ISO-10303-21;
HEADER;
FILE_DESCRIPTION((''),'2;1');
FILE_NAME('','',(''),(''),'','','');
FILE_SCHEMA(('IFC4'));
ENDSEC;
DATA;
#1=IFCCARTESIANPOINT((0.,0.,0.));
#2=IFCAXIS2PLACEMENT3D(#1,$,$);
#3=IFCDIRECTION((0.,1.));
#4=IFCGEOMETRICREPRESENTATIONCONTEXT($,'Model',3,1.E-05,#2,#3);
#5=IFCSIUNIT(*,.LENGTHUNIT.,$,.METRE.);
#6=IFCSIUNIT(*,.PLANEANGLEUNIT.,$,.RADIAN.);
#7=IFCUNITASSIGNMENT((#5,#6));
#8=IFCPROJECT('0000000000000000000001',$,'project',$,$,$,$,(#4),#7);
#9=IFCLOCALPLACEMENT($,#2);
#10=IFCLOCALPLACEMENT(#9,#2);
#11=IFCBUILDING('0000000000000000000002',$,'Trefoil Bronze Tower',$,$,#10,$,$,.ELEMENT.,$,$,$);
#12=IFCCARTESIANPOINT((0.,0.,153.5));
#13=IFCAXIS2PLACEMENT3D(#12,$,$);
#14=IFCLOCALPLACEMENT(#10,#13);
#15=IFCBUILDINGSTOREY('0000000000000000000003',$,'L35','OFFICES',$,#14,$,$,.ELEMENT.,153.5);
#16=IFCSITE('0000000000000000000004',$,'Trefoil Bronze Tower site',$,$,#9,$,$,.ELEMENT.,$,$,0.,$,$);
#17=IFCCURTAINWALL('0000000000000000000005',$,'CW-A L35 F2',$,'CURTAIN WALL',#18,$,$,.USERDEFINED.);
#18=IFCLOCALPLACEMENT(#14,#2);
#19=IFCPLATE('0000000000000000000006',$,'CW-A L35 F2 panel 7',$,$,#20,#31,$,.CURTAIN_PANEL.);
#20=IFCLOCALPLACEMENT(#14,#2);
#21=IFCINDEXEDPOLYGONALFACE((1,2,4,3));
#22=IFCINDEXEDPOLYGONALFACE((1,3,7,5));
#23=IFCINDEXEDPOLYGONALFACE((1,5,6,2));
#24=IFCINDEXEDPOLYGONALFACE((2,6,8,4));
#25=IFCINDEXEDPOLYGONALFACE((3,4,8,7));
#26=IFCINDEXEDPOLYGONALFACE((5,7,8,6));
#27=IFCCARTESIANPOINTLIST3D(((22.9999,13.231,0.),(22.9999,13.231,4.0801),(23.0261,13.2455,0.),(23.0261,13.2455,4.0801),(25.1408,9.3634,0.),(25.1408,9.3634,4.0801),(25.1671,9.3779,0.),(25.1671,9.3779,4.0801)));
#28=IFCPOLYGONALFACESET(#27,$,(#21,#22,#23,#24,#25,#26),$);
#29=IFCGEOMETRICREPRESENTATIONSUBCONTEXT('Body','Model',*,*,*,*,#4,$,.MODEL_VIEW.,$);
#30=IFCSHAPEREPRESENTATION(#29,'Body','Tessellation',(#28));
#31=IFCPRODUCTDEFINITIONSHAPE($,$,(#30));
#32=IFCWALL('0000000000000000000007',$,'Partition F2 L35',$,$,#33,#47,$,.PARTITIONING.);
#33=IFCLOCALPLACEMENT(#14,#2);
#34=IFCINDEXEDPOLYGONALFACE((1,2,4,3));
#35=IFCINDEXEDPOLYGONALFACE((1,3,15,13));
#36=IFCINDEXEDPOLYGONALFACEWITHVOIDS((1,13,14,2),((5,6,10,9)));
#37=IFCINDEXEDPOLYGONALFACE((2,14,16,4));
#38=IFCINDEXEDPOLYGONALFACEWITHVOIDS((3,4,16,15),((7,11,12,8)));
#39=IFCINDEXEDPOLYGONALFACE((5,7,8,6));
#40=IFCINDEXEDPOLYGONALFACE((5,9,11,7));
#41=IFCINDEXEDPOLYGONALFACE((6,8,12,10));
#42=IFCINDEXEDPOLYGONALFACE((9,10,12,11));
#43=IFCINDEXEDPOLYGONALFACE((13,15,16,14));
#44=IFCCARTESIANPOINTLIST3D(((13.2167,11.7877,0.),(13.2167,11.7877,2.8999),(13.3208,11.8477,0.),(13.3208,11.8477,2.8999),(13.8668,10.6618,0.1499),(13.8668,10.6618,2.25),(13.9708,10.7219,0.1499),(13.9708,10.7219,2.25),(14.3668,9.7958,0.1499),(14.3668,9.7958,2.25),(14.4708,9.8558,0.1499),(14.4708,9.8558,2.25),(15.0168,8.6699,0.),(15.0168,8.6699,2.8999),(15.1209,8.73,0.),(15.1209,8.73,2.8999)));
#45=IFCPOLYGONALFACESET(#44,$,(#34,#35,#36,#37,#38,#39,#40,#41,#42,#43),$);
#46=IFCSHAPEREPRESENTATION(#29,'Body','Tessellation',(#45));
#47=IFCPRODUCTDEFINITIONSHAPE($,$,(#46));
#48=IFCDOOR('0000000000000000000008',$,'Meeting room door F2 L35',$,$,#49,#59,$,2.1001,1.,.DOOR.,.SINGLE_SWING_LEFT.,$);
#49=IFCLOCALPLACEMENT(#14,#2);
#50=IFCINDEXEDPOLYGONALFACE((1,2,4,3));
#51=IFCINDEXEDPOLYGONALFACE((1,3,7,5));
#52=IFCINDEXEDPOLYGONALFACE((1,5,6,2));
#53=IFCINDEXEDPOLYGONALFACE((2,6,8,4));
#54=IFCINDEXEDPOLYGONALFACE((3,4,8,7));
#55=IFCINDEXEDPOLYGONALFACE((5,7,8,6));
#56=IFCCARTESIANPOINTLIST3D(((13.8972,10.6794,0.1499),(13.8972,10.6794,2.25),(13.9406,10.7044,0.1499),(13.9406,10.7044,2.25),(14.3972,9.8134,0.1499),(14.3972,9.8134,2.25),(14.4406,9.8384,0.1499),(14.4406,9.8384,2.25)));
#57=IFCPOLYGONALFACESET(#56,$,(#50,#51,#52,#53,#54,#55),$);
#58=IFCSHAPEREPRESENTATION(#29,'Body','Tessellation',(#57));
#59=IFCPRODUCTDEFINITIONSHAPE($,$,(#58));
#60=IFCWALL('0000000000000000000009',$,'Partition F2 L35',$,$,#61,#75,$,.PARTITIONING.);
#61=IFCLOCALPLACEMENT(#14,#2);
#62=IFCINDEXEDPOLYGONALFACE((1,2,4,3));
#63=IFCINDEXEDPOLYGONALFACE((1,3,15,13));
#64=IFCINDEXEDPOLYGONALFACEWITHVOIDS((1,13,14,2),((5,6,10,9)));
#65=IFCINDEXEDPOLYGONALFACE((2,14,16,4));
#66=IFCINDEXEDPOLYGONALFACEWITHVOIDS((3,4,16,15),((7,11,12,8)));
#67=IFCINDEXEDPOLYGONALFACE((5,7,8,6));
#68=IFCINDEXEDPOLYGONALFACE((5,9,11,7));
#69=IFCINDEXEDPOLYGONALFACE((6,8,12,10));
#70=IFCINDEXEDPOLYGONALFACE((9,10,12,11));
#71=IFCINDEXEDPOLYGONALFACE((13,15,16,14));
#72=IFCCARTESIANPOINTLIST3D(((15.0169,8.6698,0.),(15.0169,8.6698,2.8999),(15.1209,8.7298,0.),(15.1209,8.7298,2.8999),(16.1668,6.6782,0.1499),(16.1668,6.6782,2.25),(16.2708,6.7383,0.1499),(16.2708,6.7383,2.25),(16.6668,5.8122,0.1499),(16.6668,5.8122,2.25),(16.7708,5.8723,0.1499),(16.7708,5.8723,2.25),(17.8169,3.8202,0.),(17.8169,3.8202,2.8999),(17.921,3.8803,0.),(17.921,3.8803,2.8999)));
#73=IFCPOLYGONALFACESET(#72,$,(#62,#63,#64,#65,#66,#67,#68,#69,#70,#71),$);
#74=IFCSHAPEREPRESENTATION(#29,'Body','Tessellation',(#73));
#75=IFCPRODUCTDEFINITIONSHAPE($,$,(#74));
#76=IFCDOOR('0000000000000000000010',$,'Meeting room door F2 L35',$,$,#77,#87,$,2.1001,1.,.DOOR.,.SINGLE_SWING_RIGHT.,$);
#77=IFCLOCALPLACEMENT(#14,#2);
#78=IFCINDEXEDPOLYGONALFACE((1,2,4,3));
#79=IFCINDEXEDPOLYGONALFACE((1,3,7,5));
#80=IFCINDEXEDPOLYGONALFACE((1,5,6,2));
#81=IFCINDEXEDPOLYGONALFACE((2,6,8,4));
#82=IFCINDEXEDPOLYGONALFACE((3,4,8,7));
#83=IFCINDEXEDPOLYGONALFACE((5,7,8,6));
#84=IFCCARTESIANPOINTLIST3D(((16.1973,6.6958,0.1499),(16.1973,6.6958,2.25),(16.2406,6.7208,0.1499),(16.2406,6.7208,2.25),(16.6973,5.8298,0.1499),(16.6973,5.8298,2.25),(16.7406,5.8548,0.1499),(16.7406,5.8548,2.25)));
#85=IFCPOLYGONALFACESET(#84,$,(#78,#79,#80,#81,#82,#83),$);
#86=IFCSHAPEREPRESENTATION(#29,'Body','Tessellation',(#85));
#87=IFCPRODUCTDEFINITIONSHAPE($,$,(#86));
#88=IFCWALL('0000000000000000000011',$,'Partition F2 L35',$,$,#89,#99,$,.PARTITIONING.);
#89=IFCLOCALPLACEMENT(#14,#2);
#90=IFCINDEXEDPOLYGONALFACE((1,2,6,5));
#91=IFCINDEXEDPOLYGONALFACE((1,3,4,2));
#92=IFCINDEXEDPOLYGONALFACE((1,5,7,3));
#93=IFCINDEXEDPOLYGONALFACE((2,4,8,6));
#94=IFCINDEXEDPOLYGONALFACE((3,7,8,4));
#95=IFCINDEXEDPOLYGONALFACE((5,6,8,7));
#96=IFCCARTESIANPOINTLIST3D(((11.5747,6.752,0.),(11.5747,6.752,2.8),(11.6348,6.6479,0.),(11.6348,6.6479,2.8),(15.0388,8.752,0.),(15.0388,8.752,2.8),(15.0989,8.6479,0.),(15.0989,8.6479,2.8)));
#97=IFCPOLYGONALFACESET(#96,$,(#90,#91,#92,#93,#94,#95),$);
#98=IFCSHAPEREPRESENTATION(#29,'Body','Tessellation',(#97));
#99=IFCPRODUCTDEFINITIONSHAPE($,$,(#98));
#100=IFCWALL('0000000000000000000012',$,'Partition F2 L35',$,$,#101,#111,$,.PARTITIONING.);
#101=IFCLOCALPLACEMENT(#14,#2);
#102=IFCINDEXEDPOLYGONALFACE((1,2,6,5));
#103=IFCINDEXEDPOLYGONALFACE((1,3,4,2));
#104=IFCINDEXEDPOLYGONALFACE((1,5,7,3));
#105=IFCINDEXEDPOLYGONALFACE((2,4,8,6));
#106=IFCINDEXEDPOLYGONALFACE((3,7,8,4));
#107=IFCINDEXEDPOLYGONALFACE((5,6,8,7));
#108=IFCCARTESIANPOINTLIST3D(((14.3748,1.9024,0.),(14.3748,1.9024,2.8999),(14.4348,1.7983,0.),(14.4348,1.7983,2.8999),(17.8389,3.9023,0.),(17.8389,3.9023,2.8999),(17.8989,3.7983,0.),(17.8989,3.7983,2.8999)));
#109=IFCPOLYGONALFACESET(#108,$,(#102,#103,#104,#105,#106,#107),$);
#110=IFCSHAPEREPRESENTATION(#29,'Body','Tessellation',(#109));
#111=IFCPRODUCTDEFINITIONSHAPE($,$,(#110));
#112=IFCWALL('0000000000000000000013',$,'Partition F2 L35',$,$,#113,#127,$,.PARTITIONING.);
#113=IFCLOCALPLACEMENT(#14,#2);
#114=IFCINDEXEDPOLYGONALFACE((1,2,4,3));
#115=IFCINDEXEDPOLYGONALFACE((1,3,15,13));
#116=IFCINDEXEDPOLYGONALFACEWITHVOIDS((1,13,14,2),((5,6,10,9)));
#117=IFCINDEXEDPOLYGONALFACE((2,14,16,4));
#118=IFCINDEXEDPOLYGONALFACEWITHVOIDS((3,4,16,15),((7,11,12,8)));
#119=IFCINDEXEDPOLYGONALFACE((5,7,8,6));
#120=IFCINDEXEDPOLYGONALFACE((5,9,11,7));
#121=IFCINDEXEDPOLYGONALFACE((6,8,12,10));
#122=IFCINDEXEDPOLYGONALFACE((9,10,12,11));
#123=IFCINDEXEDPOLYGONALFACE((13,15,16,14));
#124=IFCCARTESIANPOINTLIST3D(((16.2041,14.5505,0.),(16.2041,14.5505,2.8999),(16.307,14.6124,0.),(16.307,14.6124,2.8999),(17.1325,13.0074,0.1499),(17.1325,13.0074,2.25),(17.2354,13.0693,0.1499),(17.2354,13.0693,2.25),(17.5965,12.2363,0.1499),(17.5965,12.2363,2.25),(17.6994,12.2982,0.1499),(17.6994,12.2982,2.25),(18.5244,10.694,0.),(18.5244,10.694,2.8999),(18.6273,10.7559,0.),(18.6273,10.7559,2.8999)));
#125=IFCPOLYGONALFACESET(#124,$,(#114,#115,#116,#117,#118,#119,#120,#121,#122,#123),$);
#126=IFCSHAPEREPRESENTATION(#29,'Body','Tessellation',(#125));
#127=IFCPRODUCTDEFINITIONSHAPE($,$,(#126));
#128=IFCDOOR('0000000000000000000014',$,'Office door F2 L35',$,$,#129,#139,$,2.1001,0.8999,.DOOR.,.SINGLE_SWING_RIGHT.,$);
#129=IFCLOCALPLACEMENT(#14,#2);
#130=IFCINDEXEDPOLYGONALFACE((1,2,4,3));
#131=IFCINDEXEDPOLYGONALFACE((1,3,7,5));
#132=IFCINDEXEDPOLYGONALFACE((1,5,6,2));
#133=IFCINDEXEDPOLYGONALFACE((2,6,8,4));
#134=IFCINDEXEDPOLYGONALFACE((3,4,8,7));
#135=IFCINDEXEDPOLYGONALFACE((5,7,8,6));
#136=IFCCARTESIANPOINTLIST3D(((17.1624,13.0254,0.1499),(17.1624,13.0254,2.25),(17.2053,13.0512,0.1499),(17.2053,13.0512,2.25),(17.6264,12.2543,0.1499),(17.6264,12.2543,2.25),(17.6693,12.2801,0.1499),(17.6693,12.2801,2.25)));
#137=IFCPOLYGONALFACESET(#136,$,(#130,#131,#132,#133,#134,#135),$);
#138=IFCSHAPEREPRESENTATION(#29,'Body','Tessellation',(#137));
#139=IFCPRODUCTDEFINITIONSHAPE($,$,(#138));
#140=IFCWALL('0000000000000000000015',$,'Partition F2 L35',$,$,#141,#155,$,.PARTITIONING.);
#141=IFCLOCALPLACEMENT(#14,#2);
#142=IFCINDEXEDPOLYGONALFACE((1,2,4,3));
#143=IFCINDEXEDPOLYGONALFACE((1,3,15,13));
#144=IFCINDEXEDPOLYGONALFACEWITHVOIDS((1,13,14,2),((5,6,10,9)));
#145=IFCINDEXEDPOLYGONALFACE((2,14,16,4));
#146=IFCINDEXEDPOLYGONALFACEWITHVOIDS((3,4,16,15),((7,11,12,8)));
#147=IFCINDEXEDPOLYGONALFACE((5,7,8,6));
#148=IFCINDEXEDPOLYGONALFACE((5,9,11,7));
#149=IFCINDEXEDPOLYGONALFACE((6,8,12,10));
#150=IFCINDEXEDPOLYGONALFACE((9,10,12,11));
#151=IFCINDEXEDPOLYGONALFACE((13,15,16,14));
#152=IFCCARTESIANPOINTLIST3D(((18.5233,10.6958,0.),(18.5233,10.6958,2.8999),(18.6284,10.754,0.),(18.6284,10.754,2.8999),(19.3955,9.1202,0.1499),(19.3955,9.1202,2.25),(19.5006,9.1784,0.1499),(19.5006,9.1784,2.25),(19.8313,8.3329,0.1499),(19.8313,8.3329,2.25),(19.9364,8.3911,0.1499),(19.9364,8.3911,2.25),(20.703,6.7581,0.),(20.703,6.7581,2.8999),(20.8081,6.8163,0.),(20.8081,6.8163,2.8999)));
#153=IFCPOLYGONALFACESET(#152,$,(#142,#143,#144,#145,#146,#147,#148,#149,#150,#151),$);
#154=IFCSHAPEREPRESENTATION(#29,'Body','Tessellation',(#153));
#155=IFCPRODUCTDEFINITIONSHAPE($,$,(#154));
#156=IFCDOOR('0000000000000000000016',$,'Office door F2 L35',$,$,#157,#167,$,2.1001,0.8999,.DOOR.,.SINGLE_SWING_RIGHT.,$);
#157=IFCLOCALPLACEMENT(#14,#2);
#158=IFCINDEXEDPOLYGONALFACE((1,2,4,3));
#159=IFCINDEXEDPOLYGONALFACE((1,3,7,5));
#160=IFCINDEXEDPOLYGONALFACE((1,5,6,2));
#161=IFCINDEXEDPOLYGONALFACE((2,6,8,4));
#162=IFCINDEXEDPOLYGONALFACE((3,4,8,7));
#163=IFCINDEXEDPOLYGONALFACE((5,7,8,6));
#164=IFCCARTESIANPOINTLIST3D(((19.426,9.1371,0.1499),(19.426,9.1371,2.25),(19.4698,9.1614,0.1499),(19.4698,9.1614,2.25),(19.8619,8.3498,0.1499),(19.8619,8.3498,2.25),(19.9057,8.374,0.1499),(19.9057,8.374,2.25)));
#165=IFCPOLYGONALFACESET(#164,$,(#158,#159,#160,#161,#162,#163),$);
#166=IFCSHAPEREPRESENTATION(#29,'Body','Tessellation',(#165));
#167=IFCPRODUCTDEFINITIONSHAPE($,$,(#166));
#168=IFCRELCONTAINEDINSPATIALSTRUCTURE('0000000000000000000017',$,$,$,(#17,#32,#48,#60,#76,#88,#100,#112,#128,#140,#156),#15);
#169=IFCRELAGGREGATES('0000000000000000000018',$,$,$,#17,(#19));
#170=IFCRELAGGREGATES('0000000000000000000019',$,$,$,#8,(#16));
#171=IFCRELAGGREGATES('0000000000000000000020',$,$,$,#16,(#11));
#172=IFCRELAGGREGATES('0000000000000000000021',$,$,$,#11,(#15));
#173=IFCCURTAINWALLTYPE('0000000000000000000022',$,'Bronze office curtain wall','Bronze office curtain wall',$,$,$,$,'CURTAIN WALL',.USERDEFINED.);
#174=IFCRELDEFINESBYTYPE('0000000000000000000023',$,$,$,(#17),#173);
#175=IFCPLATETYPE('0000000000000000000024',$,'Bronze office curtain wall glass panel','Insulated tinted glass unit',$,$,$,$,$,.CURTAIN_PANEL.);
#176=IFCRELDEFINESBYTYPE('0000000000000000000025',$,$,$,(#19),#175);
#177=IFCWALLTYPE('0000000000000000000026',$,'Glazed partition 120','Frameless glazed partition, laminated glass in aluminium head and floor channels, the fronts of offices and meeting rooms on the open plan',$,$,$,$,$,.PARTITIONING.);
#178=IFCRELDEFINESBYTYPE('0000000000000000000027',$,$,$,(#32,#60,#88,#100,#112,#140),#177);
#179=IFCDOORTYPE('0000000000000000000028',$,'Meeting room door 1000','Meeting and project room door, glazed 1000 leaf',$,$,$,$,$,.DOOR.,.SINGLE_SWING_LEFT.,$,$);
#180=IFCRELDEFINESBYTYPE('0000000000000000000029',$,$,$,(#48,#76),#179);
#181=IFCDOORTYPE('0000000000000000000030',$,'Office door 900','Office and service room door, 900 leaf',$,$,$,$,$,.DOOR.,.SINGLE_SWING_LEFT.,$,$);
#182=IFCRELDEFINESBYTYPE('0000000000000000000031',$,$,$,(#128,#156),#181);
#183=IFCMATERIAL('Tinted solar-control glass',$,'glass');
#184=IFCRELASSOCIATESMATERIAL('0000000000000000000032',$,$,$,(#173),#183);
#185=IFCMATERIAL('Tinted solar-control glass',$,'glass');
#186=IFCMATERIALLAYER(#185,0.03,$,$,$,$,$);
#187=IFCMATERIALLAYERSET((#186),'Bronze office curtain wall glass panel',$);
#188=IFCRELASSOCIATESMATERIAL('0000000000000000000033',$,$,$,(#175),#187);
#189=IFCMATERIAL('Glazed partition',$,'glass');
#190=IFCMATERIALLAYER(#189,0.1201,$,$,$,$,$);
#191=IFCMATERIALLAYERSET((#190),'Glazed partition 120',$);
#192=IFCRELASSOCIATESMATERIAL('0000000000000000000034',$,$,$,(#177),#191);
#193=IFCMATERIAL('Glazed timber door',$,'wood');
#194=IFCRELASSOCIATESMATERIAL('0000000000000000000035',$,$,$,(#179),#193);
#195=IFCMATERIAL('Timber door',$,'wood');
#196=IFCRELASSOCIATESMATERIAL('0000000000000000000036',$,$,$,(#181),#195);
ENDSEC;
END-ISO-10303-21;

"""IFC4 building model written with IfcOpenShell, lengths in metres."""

from ifc_helpers import new_model, si_unit, direction, frame, frame_2d, origin, origin_2d, place, context, subcontext, project, spatial, rectangle, extrude, material, layer, layer_set, type_object, element, fill, aggregate, save


model = new_model("IFC4")

# Units and contexts
model_context = context("Model", 3, precision=1e-05, world=origin(), true_north=direction((0.0, 1.0)))
body_context = subcontext(model_context, "Body", "Model", "MODEL_VIEW")
ifc_project = project(units=[si_unit("LENGTHUNIT", "METRE"), si_unit("PLANEANGLEUNIT", "RADIAN")], contexts=[model_context])

# Site, building, storey
site_placement = place(None, origin())
site = spatial("IfcSite", under=ifc_project, at=site_placement, Name="Trefoil Bronze Tower site", CompositionType="ELEMENT", RefElevation=0.0)
building_placement = place(site_placement, origin())
building = spatial("IfcBuilding", under=site, at=building_placement, Name="Trefoil Bronze Tower", CompositionType="ELEMENT")
storey_placement = place(building_placement, frame((0.0, 0.0, 153.5)))
storey = spatial("IfcBuildingStorey", under=building, at=storey_placement, Name="L35", Description="OFFICES", CompositionType="ELEMENT", Elevation=153.5)

# Curtain wall, plate
ifc_material_1 = material(Name="Tinted solar-control glass", Category="glass")
curtain_wall_type = type_object("IfcCurtainWallType", Name="Bronze office curtain wall", Description="Bronze office curtain wall", ElementType="CURTAIN WALL", PredefinedType="USERDEFINED", material=ifc_material_1)
curtain_wall_placement = place(storey_placement, origin())
curtain_wall = element("IfcCurtainWall", 1, at=curtain_wall_placement, inside=storey, type_object=curtain_wall_type, Name="CW-A L35 F2", ObjectType="CURTAIN WALL", PredefinedType="USERDEFINED")
ifc_material_2 = material(Name="Tinted solar-control glass", Category="glass")
ifc_layer_1 = layer(ifc_material_2, 0.03)
ifc_layer_set_1 = layer_set([ifc_layer_1], Name="Bronze office curtain wall glass panel")
plate_type = type_object("IfcPlateType", Name="Bronze office curtain wall glass panel", Description="Insulated tinted glass unit", PredefinedType="CURTAIN_PANEL", material=ifc_layer_set_1)
plate_placement = place(storey_placement, frame((24.0835, 11.3044, 0.0), z_axis=(0.0, 0.0, 1.0), x_axis=(-0.484312, 0.874895, 0.0)))
plate = element("IfcPlate", 2, at=plate_placement, type_object=plate_type, Name="CW-A L35 F2 panel 7", PredefinedType="CURTAIN_PANEL", context=body_context, shape_type="SweptSolid", body=[
    extrude(rectangle(XDim=4.4207, YDim=0.03, at=origin_2d()), origin(), (0.0, 0.0, 1.0), 4.0801),
])
aggregate(curtain_wall, [plate])

# Walls, openings, doors
ifc_material_3 = material(Name="Glazed partition", Category="glass")
ifc_layer_2 = layer(ifc_material_3, 0.1201)
ifc_layer_set_2 = layer_set([ifc_layer_2], Name="Glazed partition 120")
wall_type_1 = type_object("IfcWallType", Name="Glazed partition 120", Description="Frameless glazed partition, laminated glass in aluminium head and floor channels, the fronts of offices and meeting rooms on the open plan", PredefinedType="PARTITIONING", material=ifc_layer_set_2)
wall_1_placement = place(storey_placement, frame((15.0688, 8.7, 0.0), z_axis=(0.0, 0.0, 1.0), x_axis=(-0.500012, 0.866018, 0.0)))
wall_1 = element("IfcWall", 3, at=wall_1_placement, inside=storey, type_object=wall_type_1, Name="Partition F2 L35", PredefinedType="PARTITIONING", context=body_context, shape_type="SweptSolid", body=[
    extrude(rectangle(XDim=3.6001, YDim=0.1201, at=frame_2d((1.8, 0.0))), origin(), (0.0, 0.0, 1.0), 2.8999),
])
opening_1_placement = place(wall_1_placement, frame((1.3, 0.0, 0.1499)))
opening_1 = element("IfcOpeningElement", 4, at=opening_1_placement, cuts=wall_1, PredefinedType="OPENING", context=body_context, shape_type="SweptSolid", body=[
    extrude(rectangle(XDim=1.0, YDim=2.1001, at=frame_2d((0.5, 1.05))), frame((0.0, 0.0701, 0.0), z_axis=(0.0, -1.0, 0.0), x_axis=(1.0, 0.0, 0.0)), (0.0, 0.0, 1.0), 0.1401),
])
ifc_material_4 = material(Name="Glazed timber door", Category="wood")
door_type_1 = type_object("IfcDoorType", Name="Meeting room door 1000", Description="Meeting and project room door, glazed 1000 leaf", OperationType="SINGLE_SWING_LEFT", PredefinedType="DOOR", material=ifc_material_4)
door_1_placement = place(opening_1_placement, origin())
door_1 = element("IfcDoor", 5, at=door_1_placement, inside=storey, type_object=door_type_1, Name="Meeting room door F2 L35", OperationType="SINGLE_SWING_LEFT", OverallHeight=2.1001, OverallWidth=1.0, PredefinedType="DOOR", context=body_context, shape_type="SweptSolid", body=[
    extrude(rectangle(XDim=1.0, YDim=2.1001, at=frame_2d((0.5, 1.05))), frame((0.0, 0.0249, 0.0), z_axis=(0.0, -1.0, 0.0), x_axis=(1.0, 0.0, 0.0)), (0.0, 0.0, 1.0), 0.05),
])
fill(opening_1, door_1)
wall_2_placement = place(storey_placement, frame((17.8689, 3.8503, 0.0), z_axis=(0.0, 0.0, 1.0), x_axis=(-0.500017, 0.866016, 0.0)))
wall_2 = element("IfcWall", 6, at=wall_2_placement, inside=storey, type_object=wall_type_1, Name="Partition F2 L35", PredefinedType="PARTITIONING", context=body_context, shape_type="SweptSolid", body=[
    extrude(rectangle(XDim=5.5999, YDim=0.1201, at=frame_2d((2.7998, 0.0))), origin(), (0.0, 0.0, 1.0), 2.8999),
])
opening_2_placement = place(wall_2_placement, frame((2.3, 0.0, 0.1499)))
opening_2 = element("IfcOpeningElement", 7, at=opening_2_placement, cuts=wall_2, PredefinedType="OPENING", context=body_context, shape_type="SweptSolid", body=[
    extrude(rectangle(XDim=1.0, YDim=2.1001, at=frame_2d((0.5, 1.05))), frame((0.0, 0.0701, 0.0), z_axis=(0.0, -1.0, 0.0), x_axis=(1.0, 0.0, 0.0)), (0.0, 0.0, 1.0), 0.1401),
])
door_2_placement = place(opening_2_placement, origin())
door_2 = element("IfcDoor", 8, at=door_2_placement, inside=storey, type_object=door_type_1, Name="Meeting room door F2 L35", OperationType="SINGLE_SWING_RIGHT", OverallHeight=2.1001, OverallWidth=1.0, PredefinedType="DOOR", context=body_context, shape_type="SweptSolid", body=[
    extrude(rectangle(XDim=1.0, YDim=2.1001, at=frame_2d((0.5, 1.05))), frame((0.0, 0.0249, 0.0), z_axis=(0.0, -1.0, 0.0), x_axis=(1.0, 0.0, 0.0)), (0.0, 0.0, 1.0), 0.05),
])
fill(opening_2, door_2)

# Walls
wall_3_placement = place(storey_placement, frame((11.6047, 6.7, 0.0), z_axis=(0.0, 0.0, 1.0), x_axis=(0.866026, 0.499999, 0.0)))
element("IfcWall", 9, at=wall_3_placement, inside=storey, type_object=wall_type_1, Name="Partition F2 L35", PredefinedType="PARTITIONING", context=body_context, shape_type="SweptSolid", body=[
    extrude(rectangle(XDim=4.0, YDim=0.1201, at=frame_2d((2.0, 0.0))), origin(), (0.0, 0.0, 1.0), 2.8),
])
wall_4_placement = place(storey_placement, frame((14.4048, 1.8503, 0.0), z_axis=(0.0, 0.0, 1.0), x_axis=(0.866026, 0.499999, 0.0)))
element("IfcWall", 10, at=wall_4_placement, inside=storey, type_object=wall_type_1, Name="Partition F2 L35", PredefinedType="PARTITIONING", context=body_context, shape_type="SweptSolid", body=[
    extrude(rectangle(XDim=4.0, YDim=0.1201, at=frame_2d((2.0, 0.0))), origin(), (0.0, 0.0, 1.0), 2.8999),
])

# Walls, openings, doors
wall_5_placement = place(storey_placement, frame((18.5759, 10.7249, 0.0), z_axis=(0.0, 0.0, 1.0), x_axis=(-0.515548, 0.85686, 0.0)))
wall_5 = element("IfcWall", 11, at=wall_5_placement, inside=storey, type_object=wall_type_1, Name="Partition F2 L35", PredefinedType="PARTITIONING", context=body_context, shape_type="SweptSolid", body=[
    extrude(rectangle(XDim=4.5007, YDim=0.1201, at=frame_2d((2.2505, 0.0))), origin(), (0.0, 0.0, 1.0), 2.8999),
])
opening_3_placement = place(wall_5_placement, frame((1.8, 0.0, 0.1499)))
opening_3 = element("IfcOpeningElement", 12, at=opening_3_placement, cuts=wall_5, PredefinedType="OPENING", context=body_context, shape_type="SweptSolid", body=[
    extrude(rectangle(XDim=0.8999, YDim=2.1001, at=frame_2d((0.45, 1.05))), frame((0.0, 0.0701, 0.0), z_axis=(0.0, -1.0, 0.0), x_axis=(1.0, 0.0, 0.0)), (0.0, 0.0, 1.0), 0.1401),
])
ifc_material_5 = material(Name="Timber door", Category="wood")
door_type_2 = type_object("IfcDoorType", Name="Office door 900", Description="Office and service room door, 900 leaf", OperationType="SINGLE_SWING_LEFT", PredefinedType="DOOR", material=ifc_material_5)
door_3_placement = place(opening_3_placement, frame((0.8999, 0.0, 0.0), z_axis=(0.0, 0.0, 1.0), x_axis=(-1.0, 0.0, 0.0)))
door_3 = element("IfcDoor", 13, at=door_3_placement, inside=storey, type_object=door_type_2, Name="Office door F2 L35", OperationType="SINGLE_SWING_RIGHT", OverallHeight=2.1001, OverallWidth=0.8999, PredefinedType="DOOR", context=body_context, shape_type="SweptSolid", body=[
    extrude(rectangle(XDim=0.8999, YDim=2.1001, at=frame_2d((0.45, 1.05))), frame((0.0, 0.0249, 0.0), z_axis=(0.0, -1.0, 0.0), x_axis=(1.0, 0.0, 0.0)), (0.0, 0.0, 1.0), 0.05),
])
fill(opening_3, door_3)
wall_6_placement = place(storey_placement, frame((20.7556, 6.7871, 0.0), z_axis=(0.0, 0.0, 1.0), x_axis=(-0.484293, 0.874906, 0.0)))
wall_6 = element("IfcWall", 14, at=wall_6_placement, inside=storey, type_object=wall_type_1, Name="Partition F2 L35", PredefinedType="PARTITIONING", context=body_context, shape_type="SweptSolid", body=[
    extrude(rectangle(XDim=4.5007, YDim=0.1201, at=frame_2d((2.2505, 0.0))), origin(), (0.0, 0.0, 1.0), 2.8999),
])
opening_4_placement = place(wall_6_placement, frame((1.8, 0.0, 0.1499)))
opening_4 = element("IfcOpeningElement", 15, at=opening_4_placement, cuts=wall_6, PredefinedType="OPENING", context=body_context, shape_type="SweptSolid", body=[
    extrude(rectangle(XDim=0.8999, YDim=2.1001, at=frame_2d((0.45, 1.05))), frame((0.0, 0.0701, 0.0), z_axis=(0.0, -1.0, 0.0), x_axis=(1.0, 0.0, 0.0)), (0.0, 0.0, 1.0), 0.1401),
])
door_4_placement = place(opening_4_placement, frame((0.8999, 0.0, 0.0), z_axis=(0.0, 0.0, 1.0), x_axis=(-1.0, 0.0, 0.0)))
door_4 = element("IfcDoor", 16, at=door_4_placement, inside=storey, type_object=door_type_2, Name="Office door F2 L35", OperationType="SINGLE_SWING_RIGHT", OverallHeight=2.1001, OverallWidth=0.8999, PredefinedType="DOOR", context=body_context, shape_type="SweptSolid", body=[
    extrude(rectangle(XDim=0.8999, YDim=2.1001, at=frame_2d((0.45, 1.05))), frame((0.0, 0.0249, 0.0), z_axis=(0.0, -1.0, 0.0), x_axis=(1.0, 0.0, 0.0)), (0.0, 0.0, 1.0), 0.05),
])
fill(opening_4, door_4)

save(model, "model.ifc")
